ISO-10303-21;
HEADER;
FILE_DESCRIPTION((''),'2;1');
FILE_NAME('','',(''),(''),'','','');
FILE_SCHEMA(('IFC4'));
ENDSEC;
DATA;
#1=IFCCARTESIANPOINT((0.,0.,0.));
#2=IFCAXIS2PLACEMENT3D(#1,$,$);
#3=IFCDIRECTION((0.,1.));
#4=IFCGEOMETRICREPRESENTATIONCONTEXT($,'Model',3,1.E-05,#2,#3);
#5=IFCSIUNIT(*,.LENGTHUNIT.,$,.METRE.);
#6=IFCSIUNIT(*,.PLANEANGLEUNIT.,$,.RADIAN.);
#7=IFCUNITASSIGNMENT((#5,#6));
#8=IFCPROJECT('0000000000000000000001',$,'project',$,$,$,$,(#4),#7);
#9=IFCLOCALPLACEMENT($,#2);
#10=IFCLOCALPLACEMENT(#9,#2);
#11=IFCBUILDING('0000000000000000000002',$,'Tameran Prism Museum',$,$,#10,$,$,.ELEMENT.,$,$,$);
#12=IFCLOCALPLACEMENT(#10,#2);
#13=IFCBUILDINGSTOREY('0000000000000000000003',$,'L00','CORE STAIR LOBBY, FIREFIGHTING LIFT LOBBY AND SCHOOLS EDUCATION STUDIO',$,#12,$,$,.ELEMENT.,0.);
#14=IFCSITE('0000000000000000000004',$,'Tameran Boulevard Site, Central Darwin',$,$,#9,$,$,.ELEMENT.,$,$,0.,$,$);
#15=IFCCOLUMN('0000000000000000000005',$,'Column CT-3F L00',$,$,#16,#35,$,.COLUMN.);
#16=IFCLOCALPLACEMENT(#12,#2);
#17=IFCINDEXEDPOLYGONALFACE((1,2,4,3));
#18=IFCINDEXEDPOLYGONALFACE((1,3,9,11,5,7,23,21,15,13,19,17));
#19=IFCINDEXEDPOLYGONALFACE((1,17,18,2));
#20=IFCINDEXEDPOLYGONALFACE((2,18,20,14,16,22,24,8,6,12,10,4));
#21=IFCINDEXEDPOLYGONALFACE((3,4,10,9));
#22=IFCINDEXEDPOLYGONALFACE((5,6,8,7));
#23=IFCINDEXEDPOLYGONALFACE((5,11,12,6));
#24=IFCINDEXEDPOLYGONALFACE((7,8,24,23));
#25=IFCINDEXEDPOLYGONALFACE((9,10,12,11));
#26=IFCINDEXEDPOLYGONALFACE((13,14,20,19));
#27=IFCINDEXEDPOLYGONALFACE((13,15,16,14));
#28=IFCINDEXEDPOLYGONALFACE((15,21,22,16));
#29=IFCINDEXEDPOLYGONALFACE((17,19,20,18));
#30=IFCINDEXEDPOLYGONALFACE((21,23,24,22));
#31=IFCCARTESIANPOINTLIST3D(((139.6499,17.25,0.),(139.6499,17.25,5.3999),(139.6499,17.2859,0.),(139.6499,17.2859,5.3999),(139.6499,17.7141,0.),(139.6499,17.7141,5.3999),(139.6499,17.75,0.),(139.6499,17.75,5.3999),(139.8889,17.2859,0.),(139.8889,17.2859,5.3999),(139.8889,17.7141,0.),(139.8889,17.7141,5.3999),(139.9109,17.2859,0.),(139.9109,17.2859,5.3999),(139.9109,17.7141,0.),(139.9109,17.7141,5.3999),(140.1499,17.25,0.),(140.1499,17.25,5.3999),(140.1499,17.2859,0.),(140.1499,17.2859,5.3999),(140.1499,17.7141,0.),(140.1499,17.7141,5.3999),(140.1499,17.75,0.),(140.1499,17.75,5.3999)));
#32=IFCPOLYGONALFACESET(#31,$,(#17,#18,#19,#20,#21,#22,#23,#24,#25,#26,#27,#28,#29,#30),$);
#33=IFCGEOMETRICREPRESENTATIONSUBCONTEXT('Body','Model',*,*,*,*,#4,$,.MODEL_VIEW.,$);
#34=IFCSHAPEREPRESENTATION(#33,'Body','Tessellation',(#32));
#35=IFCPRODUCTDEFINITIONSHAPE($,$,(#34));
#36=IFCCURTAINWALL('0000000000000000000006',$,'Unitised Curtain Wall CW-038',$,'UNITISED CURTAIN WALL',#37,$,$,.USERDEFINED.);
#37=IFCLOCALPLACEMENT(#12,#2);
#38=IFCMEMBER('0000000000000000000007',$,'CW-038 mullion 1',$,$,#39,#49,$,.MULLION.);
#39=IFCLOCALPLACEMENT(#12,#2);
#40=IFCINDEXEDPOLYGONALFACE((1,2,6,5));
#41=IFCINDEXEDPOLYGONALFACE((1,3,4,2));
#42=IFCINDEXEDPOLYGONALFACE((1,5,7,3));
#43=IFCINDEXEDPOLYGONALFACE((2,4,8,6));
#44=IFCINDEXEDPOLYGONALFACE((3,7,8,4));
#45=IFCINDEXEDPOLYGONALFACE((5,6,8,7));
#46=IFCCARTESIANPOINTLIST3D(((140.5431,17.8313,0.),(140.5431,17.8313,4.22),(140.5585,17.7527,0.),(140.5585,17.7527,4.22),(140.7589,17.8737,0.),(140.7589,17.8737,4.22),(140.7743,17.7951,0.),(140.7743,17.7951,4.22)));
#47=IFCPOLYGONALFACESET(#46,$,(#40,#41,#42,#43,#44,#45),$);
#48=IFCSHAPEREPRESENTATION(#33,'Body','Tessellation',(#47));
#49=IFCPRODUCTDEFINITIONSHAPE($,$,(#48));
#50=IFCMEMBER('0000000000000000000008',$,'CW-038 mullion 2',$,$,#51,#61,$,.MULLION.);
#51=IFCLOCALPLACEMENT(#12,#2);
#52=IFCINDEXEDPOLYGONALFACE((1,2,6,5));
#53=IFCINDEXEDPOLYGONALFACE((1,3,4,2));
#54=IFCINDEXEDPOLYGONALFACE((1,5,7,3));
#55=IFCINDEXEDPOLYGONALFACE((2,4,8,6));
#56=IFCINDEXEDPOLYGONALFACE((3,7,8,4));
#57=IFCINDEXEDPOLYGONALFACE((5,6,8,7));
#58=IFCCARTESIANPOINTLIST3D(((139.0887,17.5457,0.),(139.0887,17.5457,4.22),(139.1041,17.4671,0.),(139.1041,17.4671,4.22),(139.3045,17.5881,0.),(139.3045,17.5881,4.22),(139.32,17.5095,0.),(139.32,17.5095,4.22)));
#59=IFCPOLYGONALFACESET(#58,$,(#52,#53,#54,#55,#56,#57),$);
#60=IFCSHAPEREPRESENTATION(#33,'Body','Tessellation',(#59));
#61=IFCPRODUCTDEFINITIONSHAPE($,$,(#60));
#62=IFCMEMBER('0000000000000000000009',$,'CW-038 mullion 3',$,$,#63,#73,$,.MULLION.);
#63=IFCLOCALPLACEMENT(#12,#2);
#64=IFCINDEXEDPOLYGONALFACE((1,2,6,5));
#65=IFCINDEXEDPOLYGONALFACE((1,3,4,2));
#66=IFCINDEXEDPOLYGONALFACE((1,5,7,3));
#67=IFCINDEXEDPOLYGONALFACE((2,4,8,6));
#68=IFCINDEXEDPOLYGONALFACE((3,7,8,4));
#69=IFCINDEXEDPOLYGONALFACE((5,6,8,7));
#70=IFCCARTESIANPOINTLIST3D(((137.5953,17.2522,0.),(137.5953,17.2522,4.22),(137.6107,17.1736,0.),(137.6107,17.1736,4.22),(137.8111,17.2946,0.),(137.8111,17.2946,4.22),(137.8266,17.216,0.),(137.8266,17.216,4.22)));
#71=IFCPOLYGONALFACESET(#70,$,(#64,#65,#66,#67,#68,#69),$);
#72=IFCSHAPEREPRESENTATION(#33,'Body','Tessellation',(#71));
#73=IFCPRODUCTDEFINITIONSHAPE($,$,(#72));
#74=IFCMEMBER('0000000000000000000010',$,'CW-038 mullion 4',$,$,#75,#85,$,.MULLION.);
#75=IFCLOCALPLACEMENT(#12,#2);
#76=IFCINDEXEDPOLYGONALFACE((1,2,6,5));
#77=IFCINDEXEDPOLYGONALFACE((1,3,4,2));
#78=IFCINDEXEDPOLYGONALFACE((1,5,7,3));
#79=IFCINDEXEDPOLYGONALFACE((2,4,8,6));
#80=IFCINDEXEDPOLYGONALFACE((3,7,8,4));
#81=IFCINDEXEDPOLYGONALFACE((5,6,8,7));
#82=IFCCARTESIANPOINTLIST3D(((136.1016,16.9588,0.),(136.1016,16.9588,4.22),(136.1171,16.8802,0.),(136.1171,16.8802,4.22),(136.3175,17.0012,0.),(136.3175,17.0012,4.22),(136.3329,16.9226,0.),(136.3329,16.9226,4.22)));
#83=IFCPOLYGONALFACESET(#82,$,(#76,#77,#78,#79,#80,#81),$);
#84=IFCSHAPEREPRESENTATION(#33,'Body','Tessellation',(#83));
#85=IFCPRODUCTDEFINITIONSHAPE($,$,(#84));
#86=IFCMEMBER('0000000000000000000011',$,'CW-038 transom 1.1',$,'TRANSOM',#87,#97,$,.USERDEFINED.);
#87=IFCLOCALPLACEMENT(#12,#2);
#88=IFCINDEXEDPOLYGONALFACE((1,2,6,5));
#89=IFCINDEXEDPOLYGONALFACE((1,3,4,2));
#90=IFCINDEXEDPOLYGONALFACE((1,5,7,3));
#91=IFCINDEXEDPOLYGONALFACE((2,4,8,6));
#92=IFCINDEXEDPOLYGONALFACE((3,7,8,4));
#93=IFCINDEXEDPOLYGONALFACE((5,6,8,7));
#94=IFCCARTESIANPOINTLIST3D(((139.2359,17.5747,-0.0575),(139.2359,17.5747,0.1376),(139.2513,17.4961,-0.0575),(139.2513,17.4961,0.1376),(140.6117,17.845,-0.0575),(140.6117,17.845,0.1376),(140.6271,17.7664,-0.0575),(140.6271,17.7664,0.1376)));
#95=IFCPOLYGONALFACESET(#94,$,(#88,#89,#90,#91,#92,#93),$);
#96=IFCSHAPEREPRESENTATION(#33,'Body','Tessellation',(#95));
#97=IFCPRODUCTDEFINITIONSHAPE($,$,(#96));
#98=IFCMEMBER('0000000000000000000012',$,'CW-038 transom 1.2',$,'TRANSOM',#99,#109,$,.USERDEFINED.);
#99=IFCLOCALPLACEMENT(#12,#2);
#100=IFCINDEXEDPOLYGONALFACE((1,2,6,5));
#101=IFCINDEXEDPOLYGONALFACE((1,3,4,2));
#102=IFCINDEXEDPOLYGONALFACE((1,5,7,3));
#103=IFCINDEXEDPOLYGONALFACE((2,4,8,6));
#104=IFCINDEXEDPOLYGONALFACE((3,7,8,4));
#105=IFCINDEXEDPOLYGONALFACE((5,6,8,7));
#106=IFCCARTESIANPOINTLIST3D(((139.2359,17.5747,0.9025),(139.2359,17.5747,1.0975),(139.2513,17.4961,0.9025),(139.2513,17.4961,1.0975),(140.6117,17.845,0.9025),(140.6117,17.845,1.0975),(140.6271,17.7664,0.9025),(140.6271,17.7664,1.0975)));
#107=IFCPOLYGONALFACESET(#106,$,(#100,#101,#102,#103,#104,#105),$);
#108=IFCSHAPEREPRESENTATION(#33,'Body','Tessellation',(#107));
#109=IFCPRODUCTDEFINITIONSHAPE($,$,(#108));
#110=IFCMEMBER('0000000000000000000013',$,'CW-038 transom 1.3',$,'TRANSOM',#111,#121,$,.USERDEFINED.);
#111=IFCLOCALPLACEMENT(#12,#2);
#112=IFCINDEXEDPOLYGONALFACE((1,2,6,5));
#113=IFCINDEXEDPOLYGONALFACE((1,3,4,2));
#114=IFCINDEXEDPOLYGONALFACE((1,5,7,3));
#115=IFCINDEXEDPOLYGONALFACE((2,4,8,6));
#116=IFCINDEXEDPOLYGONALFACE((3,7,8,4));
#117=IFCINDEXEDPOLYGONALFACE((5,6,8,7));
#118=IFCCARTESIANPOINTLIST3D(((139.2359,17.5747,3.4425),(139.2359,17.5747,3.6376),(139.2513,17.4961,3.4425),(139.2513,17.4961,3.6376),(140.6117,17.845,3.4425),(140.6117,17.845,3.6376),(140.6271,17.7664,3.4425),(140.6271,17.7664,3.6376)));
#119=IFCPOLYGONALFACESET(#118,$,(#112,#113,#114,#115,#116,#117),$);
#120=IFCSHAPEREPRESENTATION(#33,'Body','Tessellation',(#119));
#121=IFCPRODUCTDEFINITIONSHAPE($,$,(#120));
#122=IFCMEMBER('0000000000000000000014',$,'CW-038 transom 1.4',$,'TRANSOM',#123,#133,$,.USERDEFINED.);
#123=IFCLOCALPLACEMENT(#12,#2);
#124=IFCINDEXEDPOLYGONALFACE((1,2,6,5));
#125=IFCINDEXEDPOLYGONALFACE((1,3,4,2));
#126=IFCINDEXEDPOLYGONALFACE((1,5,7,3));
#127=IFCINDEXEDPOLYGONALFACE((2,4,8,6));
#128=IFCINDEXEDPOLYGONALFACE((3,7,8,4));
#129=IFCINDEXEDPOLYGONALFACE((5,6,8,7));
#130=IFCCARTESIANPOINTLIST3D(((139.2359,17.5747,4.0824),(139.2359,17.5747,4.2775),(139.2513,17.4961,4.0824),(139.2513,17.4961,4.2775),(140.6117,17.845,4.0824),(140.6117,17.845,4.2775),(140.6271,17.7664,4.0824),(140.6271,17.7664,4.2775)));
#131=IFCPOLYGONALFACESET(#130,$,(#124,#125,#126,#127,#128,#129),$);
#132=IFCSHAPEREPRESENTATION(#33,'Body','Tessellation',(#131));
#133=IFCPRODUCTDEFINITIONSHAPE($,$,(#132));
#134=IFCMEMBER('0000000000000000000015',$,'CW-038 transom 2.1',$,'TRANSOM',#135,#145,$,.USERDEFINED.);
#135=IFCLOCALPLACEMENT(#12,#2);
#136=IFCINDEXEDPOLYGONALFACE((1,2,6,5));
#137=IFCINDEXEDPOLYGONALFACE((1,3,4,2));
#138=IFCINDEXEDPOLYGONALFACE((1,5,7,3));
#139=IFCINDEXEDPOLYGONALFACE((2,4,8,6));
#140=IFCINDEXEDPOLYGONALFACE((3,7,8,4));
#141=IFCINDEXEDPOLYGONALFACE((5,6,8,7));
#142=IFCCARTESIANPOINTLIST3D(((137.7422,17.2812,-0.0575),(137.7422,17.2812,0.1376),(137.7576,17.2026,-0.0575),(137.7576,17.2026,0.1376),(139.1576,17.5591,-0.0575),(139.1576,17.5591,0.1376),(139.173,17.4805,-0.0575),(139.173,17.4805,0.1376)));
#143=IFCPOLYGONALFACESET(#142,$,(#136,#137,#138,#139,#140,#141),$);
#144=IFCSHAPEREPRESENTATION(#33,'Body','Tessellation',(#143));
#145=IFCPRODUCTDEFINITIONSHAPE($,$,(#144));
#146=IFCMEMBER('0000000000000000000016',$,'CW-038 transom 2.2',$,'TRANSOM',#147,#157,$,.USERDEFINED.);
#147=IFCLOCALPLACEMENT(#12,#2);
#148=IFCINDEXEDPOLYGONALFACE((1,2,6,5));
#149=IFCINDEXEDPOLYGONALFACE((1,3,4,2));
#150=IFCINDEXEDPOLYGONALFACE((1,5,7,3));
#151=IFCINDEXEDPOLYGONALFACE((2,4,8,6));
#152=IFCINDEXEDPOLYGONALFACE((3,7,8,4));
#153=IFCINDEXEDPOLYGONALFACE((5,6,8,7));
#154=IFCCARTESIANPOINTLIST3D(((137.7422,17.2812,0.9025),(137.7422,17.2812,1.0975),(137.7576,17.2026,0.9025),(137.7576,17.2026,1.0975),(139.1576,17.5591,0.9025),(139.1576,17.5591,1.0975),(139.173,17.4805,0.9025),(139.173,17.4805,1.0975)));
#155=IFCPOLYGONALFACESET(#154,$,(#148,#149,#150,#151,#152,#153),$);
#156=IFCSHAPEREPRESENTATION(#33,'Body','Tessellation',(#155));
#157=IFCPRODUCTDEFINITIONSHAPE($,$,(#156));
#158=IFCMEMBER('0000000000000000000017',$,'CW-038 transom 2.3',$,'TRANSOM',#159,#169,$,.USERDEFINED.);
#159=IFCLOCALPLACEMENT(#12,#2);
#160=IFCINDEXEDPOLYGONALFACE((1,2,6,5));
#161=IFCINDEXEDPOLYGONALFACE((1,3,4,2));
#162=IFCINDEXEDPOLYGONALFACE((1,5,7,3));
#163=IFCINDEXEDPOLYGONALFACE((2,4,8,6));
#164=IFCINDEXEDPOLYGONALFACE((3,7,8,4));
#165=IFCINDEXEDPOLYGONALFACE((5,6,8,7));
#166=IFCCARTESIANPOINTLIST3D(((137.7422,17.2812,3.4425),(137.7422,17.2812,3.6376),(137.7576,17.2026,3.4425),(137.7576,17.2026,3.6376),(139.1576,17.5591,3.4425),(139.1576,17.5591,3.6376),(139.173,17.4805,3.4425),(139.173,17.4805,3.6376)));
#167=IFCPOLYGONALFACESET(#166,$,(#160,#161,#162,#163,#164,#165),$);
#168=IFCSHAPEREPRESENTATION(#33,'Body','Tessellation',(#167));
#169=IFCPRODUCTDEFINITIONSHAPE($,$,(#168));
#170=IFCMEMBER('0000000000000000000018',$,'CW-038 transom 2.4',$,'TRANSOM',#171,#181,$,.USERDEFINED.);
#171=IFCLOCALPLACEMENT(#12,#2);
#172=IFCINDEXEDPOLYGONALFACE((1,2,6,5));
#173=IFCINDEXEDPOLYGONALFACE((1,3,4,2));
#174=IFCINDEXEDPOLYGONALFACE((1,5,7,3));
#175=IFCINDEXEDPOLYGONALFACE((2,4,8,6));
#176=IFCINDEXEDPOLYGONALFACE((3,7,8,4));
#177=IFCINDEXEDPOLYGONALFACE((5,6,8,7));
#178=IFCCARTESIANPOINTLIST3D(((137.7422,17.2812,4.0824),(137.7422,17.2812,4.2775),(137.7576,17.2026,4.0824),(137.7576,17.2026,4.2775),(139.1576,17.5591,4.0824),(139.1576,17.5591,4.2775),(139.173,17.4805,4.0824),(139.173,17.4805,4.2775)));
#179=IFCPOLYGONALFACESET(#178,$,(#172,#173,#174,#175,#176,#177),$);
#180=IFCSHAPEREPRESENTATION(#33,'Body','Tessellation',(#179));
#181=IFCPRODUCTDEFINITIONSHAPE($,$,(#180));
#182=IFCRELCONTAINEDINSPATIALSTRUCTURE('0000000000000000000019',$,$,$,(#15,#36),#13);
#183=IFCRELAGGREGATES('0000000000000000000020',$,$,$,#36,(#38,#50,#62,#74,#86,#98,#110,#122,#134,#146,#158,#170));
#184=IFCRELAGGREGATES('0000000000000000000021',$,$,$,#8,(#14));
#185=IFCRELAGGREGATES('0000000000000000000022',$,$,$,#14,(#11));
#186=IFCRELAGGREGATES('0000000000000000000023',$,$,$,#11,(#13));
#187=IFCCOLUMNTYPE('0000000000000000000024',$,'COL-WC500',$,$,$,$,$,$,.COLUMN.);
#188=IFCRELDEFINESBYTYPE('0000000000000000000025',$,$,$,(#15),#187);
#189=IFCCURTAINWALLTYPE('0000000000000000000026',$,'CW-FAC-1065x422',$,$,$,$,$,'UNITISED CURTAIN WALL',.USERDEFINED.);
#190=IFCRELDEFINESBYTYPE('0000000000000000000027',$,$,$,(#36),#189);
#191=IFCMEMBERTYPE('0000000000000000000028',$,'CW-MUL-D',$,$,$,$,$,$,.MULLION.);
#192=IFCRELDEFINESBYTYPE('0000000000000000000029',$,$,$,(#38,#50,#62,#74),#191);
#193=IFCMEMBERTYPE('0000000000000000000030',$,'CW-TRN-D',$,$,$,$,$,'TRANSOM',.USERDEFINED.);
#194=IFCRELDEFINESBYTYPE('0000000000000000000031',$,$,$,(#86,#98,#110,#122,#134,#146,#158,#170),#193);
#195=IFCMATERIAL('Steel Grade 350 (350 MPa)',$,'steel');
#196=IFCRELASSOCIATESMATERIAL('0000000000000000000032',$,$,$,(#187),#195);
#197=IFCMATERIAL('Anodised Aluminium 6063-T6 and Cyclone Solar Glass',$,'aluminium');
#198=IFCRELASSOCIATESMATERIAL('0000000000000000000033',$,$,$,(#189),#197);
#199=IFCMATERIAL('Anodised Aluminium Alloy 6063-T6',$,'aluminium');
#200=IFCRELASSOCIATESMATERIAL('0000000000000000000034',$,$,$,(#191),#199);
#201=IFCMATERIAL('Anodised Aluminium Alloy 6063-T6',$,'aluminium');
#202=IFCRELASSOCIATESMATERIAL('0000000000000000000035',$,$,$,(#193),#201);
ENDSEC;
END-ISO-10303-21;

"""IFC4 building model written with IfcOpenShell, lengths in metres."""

from ifc_helpers import new_model, si_unit, direction, frame, origin, origin_2d, place, context, subcontext, project, spatial, rectangle, i_section, extrude, material, material_profile, profile_set, type_object, element, aggregate, save


model = new_model("IFC4")

# Units and contexts
model_context = context("Model", 3, precision=1e-05, world=origin(), true_north=direction((0.0, 1.0)))
body_context = subcontext(model_context, "Body", "Model", "MODEL_VIEW")
ifc_project = project(units=[si_unit("LENGTHUNIT", "METRE"), si_unit("PLANEANGLEUNIT", "RADIAN")], contexts=[model_context])

# Site, building, storey
site_placement = place(None, origin())
site = spatial("IfcSite", under=ifc_project, at=site_placement, Name="Tameran Boulevard Site, Central Darwin", CompositionType="ELEMENT", RefElevation=0.0)
building_placement = place(site_placement, origin())
building = spatial("IfcBuilding", under=site, at=building_placement, Name="Tameran Prism Museum", CompositionType="ELEMENT")
storey_placement = place(building_placement, origin())
storey = spatial("IfcBuildingStorey", under=building, at=storey_placement, Name="L00", Description="CORE STAIR LOBBY, FIREFIGHTING LIFT LOBBY AND SCHOOLS EDUCATION STUDIO", CompositionType="ELEMENT", Elevation=0.0)

# Column
ifc_material_1 = material(Name="Steel Grade 350 (350 MPa)", Category="steel")
ifc_material_profile_1 = material_profile(ifc_material_1, i_section(OverallWidth=0.5, OverallDepth=0.5, WebThickness=0.022, FlangeThickness=0.0359, at=origin_2d()))
ifc_profile_set_1 = profile_set([ifc_material_profile_1])
column_type = type_object("IfcColumnType", Name="COL-WC500", PredefinedType="COLUMN", material=ifc_profile_set_1)
column_placement = place(storey_placement, frame((139.8999, 17.5, 0.0), z_axis=(0.0, 0.0, 1.0), x_axis=(1.0, 0.0, 0.0)))
element("IfcColumn", 1, at=column_placement, inside=storey, type_object=column_type, Name="Column CT-3F L00", PredefinedType="COLUMN", context=body_context, shape_type="SweptSolid", body=[
    extrude(i_section(OverallWidth=0.5, OverallDepth=0.5, WebThickness=0.022, FlangeThickness=0.0359, at=origin_2d()), origin(), (0.0, 0.0, 1.0), 5.3999),
])

# Curtain wall, members
ifc_material_2 = material(Name="Anodised Aluminium 6063-T6 and Cyclone Solar Glass", Category="aluminium")
curtain_wall_type = type_object("IfcCurtainWallType", Name="CW-FAC-1065x422", ElementType="UNITISED CURTAIN WALL", PredefinedType="USERDEFINED", material=ifc_material_2)
curtain_wall_placement = place(storey_placement, origin())
curtain_wall = element("IfcCurtainWall", 2, at=curtain_wall_placement, inside=storey, type_object=curtain_wall_type, Name="Unitised Curtain Wall CW-038", ObjectType="UNITISED CURTAIN WALL", PredefinedType="USERDEFINED")
ifc_material_3 = material(Name="Anodised Aluminium Alloy 6063-T6", Category="aluminium")
ifc_material_profile_2 = material_profile(ifc_material_3, rectangle(XDim=0.0801, YDim=0.22, at=origin_2d()))
ifc_profile_set_2 = profile_set([ifc_material_profile_2])
member_type_1 = type_object("IfcMemberType", Name="CW-MUL-D", PredefinedType="MULLION", material=ifc_profile_set_2)
member_1_placement = place(storey_placement, frame((140.6587, 17.8132, 0.0), z_axis=(0.0, 0.0, 1.0), x_axis=(0.192776, -0.981243, 0.0)))
member_1 = element("IfcMember", 3, at=member_1_placement, type_object=member_type_1, Name="CW-038 mullion 1", PredefinedType="MULLION", context=body_context, shape_type="SweptSolid", body=[
    extrude(rectangle(XDim=0.0801, YDim=0.22, at=origin_2d()), origin(), (0.0, 0.0, 1.0), 4.22),
])
member_2_placement = place(storey_placement, frame((139.2043, 17.5276, 0.0), z_axis=(0.0, 0.0, 1.0), x_axis=(0.192776, -0.981243, 0.0)))
member_2 = element("IfcMember", 4, at=member_2_placement, type_object=member_type_1, Name="CW-038 mullion 2", PredefinedType="MULLION", context=body_context, shape_type="SweptSolid", body=[
    extrude(rectangle(XDim=0.0801, YDim=0.22, at=origin_2d()), origin(), (0.0, 0.0, 1.0), 4.22),
])
member_3_placement = place(storey_placement, frame((137.7109, 17.2341, 0.0), z_axis=(0.0, 0.0, 1.0), x_axis=(0.192776, -0.981243, 0.0)))
member_3 = element("IfcMember", 5, at=member_3_placement, type_object=member_type_1, Name="CW-038 mullion 3", PredefinedType="MULLION", context=body_context, shape_type="SweptSolid", body=[
    extrude(rectangle(XDim=0.0801, YDim=0.22, at=origin_2d()), origin(), (0.0, 0.0, 1.0), 4.22),
])
member_4_placement = place(storey_placement, frame((136.2173, 16.9407, 0.0), z_axis=(0.0, 0.0, 1.0), x_axis=(0.192776, -0.981243, 0.0)))
member_4 = element("IfcMember", 6, at=member_4_placement, type_object=member_type_1, Name="CW-038 mullion 4", PredefinedType="MULLION", context=body_context, shape_type="SweptSolid", body=[
    extrude(rectangle(XDim=0.0801, YDim=0.22, at=origin_2d()), origin(), (0.0, 0.0, 1.0), 4.22),
])
ifc_material_4 = material(Name="Anodised Aluminium Alloy 6063-T6", Category="aluminium")
ifc_material_profile_3 = material_profile(ifc_material_4, rectangle(XDim=0.0801, YDim=0.1951, at=origin_2d()))
ifc_profile_set_3 = profile_set([ifc_material_profile_3])
member_type_2 = type_object("IfcMemberType", Name="CW-TRN-D", ElementType="TRANSOM", PredefinedType="USERDEFINED", material=ifc_profile_set_3)
member_5_placement = place(storey_placement, frame((140.6194, 17.8057, 0.04), z_axis=(-0.981245, -0.192766, 0.0), x_axis=(0.192766, -0.981245, 0.0)))
member_5 = element("IfcMember", 7, at=member_5_placement, type_object=member_type_2, Name="CW-038 transom 1.1", ObjectType="TRANSOM", PredefinedType="USERDEFINED", context=body_context, shape_type="SweptSolid", body=[
    extrude(rectangle(XDim=0.0801, YDim=0.1951, at=origin_2d()), origin(), (0.0, 0.0, 1.0), 1.4021),
])
member_6_placement = place(storey_placement, frame((140.6194, 17.8057, 1.0), z_axis=(-0.981245, -0.192766, 0.0), x_axis=(0.192766, -0.981245, 0.0)))
member_6 = element("IfcMember", 8, at=member_6_placement, type_object=member_type_2, Name="CW-038 transom 1.2", ObjectType="TRANSOM", PredefinedType="USERDEFINED", context=body_context, shape_type="SweptSolid", body=[
    extrude(rectangle(XDim=0.0801, YDim=0.1951, at=origin_2d()), origin(), (0.0, 0.0, 1.0), 1.4021),
])
member_7_placement = place(storey_placement, frame((140.6194, 17.8057, 3.54), z_axis=(-0.981245, -0.192766, 0.0), x_axis=(0.192766, -0.981245, 0.0)))
member_7 = element("IfcMember", 9, at=member_7_placement, type_object=member_type_2, Name="CW-038 transom 1.3", ObjectType="TRANSOM", PredefinedType="USERDEFINED", context=body_context, shape_type="SweptSolid", body=[
    extrude(rectangle(XDim=0.0801, YDim=0.1951, at=origin_2d()), origin(), (0.0, 0.0, 1.0), 1.4021),
])
member_8_placement = place(storey_placement, frame((140.6194, 17.8057, 4.1799), z_axis=(-0.981245, -0.192766, 0.0), x_axis=(0.192766, -0.981245, 0.0)))
member_8 = element("IfcMember", 10, at=member_8_placement, type_object=member_type_2, Name="CW-038 transom 1.4", ObjectType="TRANSOM", PredefinedType="USERDEFINED", context=body_context, shape_type="SweptSolid", body=[
    extrude(rectangle(XDim=0.0801, YDim=0.1951, at=origin_2d()), origin(), (0.0, 0.0, 1.0), 1.4021),
])
member_9_placement = place(storey_placement, frame((139.1653, 17.5198, 0.04), z_axis=(-0.981271, -0.192632, 0.0), x_axis=(0.192632, -0.981271, 0.0)))
member_9 = element("IfcMember", 11, at=member_9_placement, type_object=member_type_2, Name="CW-038 transom 2.1", ObjectType="TRANSOM", PredefinedType="USERDEFINED", context=body_context, shape_type="SweptSolid", body=[
    extrude(rectangle(XDim=0.0801, YDim=0.1951, at=origin_2d()), origin(), (0.0, 0.0, 1.0), 1.4424),
])
member_10_placement = place(storey_placement, frame((139.1653, 17.5198, 1.0), z_axis=(-0.981271, -0.192632, 0.0), x_axis=(0.192632, -0.981271, 0.0)))
member_10 = element("IfcMember", 12, at=member_10_placement, type_object=member_type_2, Name="CW-038 transom 2.2", ObjectType="TRANSOM", PredefinedType="USERDEFINED", context=body_context, shape_type="SweptSolid", body=[
    extrude(rectangle(XDim=0.0801, YDim=0.1951, at=origin_2d()), origin(), (0.0, 0.0, 1.0), 1.4424),
])
member_11_placement = place(storey_placement, frame((139.1653, 17.5198, 3.54), z_axis=(-0.981271, -0.192632, 0.0), x_axis=(0.192632, -0.981271, 0.0)))
member_11 = element("IfcMember", 13, at=member_11_placement, type_object=member_type_2, Name="CW-038 transom 2.3", ObjectType="TRANSOM", PredefinedType="USERDEFINED", context=body_context, shape_type="SweptSolid", body=[
    extrude(rectangle(XDim=0.0801, YDim=0.1951, at=origin_2d()), origin(), (0.0, 0.0, 1.0), 1.4424),
])
member_12_placement = place(storey_placement, frame((139.1653, 17.5198, 4.1799), z_axis=(-0.981271, -0.192632, 0.0), x_axis=(0.192632, -0.981271, 0.0)))
member_12 = element("IfcMember", 14, at=member_12_placement, type_object=member_type_2, Name="CW-038 transom 2.4", ObjectType="TRANSOM", PredefinedType="USERDEFINED", context=body_context, shape_type="SweptSolid", body=[
    extrude(rectangle(XDim=0.0801, YDim=0.1951, at=origin_2d()), origin(), (0.0, 0.0, 1.0), 1.4424),
])
aggregate(curtain_wall, [member_1, member_2, member_3, member_4, member_5, member_6, member_7, member_8, member_9, member_10, member_11, member_12])

save(model, "model.ifc")
